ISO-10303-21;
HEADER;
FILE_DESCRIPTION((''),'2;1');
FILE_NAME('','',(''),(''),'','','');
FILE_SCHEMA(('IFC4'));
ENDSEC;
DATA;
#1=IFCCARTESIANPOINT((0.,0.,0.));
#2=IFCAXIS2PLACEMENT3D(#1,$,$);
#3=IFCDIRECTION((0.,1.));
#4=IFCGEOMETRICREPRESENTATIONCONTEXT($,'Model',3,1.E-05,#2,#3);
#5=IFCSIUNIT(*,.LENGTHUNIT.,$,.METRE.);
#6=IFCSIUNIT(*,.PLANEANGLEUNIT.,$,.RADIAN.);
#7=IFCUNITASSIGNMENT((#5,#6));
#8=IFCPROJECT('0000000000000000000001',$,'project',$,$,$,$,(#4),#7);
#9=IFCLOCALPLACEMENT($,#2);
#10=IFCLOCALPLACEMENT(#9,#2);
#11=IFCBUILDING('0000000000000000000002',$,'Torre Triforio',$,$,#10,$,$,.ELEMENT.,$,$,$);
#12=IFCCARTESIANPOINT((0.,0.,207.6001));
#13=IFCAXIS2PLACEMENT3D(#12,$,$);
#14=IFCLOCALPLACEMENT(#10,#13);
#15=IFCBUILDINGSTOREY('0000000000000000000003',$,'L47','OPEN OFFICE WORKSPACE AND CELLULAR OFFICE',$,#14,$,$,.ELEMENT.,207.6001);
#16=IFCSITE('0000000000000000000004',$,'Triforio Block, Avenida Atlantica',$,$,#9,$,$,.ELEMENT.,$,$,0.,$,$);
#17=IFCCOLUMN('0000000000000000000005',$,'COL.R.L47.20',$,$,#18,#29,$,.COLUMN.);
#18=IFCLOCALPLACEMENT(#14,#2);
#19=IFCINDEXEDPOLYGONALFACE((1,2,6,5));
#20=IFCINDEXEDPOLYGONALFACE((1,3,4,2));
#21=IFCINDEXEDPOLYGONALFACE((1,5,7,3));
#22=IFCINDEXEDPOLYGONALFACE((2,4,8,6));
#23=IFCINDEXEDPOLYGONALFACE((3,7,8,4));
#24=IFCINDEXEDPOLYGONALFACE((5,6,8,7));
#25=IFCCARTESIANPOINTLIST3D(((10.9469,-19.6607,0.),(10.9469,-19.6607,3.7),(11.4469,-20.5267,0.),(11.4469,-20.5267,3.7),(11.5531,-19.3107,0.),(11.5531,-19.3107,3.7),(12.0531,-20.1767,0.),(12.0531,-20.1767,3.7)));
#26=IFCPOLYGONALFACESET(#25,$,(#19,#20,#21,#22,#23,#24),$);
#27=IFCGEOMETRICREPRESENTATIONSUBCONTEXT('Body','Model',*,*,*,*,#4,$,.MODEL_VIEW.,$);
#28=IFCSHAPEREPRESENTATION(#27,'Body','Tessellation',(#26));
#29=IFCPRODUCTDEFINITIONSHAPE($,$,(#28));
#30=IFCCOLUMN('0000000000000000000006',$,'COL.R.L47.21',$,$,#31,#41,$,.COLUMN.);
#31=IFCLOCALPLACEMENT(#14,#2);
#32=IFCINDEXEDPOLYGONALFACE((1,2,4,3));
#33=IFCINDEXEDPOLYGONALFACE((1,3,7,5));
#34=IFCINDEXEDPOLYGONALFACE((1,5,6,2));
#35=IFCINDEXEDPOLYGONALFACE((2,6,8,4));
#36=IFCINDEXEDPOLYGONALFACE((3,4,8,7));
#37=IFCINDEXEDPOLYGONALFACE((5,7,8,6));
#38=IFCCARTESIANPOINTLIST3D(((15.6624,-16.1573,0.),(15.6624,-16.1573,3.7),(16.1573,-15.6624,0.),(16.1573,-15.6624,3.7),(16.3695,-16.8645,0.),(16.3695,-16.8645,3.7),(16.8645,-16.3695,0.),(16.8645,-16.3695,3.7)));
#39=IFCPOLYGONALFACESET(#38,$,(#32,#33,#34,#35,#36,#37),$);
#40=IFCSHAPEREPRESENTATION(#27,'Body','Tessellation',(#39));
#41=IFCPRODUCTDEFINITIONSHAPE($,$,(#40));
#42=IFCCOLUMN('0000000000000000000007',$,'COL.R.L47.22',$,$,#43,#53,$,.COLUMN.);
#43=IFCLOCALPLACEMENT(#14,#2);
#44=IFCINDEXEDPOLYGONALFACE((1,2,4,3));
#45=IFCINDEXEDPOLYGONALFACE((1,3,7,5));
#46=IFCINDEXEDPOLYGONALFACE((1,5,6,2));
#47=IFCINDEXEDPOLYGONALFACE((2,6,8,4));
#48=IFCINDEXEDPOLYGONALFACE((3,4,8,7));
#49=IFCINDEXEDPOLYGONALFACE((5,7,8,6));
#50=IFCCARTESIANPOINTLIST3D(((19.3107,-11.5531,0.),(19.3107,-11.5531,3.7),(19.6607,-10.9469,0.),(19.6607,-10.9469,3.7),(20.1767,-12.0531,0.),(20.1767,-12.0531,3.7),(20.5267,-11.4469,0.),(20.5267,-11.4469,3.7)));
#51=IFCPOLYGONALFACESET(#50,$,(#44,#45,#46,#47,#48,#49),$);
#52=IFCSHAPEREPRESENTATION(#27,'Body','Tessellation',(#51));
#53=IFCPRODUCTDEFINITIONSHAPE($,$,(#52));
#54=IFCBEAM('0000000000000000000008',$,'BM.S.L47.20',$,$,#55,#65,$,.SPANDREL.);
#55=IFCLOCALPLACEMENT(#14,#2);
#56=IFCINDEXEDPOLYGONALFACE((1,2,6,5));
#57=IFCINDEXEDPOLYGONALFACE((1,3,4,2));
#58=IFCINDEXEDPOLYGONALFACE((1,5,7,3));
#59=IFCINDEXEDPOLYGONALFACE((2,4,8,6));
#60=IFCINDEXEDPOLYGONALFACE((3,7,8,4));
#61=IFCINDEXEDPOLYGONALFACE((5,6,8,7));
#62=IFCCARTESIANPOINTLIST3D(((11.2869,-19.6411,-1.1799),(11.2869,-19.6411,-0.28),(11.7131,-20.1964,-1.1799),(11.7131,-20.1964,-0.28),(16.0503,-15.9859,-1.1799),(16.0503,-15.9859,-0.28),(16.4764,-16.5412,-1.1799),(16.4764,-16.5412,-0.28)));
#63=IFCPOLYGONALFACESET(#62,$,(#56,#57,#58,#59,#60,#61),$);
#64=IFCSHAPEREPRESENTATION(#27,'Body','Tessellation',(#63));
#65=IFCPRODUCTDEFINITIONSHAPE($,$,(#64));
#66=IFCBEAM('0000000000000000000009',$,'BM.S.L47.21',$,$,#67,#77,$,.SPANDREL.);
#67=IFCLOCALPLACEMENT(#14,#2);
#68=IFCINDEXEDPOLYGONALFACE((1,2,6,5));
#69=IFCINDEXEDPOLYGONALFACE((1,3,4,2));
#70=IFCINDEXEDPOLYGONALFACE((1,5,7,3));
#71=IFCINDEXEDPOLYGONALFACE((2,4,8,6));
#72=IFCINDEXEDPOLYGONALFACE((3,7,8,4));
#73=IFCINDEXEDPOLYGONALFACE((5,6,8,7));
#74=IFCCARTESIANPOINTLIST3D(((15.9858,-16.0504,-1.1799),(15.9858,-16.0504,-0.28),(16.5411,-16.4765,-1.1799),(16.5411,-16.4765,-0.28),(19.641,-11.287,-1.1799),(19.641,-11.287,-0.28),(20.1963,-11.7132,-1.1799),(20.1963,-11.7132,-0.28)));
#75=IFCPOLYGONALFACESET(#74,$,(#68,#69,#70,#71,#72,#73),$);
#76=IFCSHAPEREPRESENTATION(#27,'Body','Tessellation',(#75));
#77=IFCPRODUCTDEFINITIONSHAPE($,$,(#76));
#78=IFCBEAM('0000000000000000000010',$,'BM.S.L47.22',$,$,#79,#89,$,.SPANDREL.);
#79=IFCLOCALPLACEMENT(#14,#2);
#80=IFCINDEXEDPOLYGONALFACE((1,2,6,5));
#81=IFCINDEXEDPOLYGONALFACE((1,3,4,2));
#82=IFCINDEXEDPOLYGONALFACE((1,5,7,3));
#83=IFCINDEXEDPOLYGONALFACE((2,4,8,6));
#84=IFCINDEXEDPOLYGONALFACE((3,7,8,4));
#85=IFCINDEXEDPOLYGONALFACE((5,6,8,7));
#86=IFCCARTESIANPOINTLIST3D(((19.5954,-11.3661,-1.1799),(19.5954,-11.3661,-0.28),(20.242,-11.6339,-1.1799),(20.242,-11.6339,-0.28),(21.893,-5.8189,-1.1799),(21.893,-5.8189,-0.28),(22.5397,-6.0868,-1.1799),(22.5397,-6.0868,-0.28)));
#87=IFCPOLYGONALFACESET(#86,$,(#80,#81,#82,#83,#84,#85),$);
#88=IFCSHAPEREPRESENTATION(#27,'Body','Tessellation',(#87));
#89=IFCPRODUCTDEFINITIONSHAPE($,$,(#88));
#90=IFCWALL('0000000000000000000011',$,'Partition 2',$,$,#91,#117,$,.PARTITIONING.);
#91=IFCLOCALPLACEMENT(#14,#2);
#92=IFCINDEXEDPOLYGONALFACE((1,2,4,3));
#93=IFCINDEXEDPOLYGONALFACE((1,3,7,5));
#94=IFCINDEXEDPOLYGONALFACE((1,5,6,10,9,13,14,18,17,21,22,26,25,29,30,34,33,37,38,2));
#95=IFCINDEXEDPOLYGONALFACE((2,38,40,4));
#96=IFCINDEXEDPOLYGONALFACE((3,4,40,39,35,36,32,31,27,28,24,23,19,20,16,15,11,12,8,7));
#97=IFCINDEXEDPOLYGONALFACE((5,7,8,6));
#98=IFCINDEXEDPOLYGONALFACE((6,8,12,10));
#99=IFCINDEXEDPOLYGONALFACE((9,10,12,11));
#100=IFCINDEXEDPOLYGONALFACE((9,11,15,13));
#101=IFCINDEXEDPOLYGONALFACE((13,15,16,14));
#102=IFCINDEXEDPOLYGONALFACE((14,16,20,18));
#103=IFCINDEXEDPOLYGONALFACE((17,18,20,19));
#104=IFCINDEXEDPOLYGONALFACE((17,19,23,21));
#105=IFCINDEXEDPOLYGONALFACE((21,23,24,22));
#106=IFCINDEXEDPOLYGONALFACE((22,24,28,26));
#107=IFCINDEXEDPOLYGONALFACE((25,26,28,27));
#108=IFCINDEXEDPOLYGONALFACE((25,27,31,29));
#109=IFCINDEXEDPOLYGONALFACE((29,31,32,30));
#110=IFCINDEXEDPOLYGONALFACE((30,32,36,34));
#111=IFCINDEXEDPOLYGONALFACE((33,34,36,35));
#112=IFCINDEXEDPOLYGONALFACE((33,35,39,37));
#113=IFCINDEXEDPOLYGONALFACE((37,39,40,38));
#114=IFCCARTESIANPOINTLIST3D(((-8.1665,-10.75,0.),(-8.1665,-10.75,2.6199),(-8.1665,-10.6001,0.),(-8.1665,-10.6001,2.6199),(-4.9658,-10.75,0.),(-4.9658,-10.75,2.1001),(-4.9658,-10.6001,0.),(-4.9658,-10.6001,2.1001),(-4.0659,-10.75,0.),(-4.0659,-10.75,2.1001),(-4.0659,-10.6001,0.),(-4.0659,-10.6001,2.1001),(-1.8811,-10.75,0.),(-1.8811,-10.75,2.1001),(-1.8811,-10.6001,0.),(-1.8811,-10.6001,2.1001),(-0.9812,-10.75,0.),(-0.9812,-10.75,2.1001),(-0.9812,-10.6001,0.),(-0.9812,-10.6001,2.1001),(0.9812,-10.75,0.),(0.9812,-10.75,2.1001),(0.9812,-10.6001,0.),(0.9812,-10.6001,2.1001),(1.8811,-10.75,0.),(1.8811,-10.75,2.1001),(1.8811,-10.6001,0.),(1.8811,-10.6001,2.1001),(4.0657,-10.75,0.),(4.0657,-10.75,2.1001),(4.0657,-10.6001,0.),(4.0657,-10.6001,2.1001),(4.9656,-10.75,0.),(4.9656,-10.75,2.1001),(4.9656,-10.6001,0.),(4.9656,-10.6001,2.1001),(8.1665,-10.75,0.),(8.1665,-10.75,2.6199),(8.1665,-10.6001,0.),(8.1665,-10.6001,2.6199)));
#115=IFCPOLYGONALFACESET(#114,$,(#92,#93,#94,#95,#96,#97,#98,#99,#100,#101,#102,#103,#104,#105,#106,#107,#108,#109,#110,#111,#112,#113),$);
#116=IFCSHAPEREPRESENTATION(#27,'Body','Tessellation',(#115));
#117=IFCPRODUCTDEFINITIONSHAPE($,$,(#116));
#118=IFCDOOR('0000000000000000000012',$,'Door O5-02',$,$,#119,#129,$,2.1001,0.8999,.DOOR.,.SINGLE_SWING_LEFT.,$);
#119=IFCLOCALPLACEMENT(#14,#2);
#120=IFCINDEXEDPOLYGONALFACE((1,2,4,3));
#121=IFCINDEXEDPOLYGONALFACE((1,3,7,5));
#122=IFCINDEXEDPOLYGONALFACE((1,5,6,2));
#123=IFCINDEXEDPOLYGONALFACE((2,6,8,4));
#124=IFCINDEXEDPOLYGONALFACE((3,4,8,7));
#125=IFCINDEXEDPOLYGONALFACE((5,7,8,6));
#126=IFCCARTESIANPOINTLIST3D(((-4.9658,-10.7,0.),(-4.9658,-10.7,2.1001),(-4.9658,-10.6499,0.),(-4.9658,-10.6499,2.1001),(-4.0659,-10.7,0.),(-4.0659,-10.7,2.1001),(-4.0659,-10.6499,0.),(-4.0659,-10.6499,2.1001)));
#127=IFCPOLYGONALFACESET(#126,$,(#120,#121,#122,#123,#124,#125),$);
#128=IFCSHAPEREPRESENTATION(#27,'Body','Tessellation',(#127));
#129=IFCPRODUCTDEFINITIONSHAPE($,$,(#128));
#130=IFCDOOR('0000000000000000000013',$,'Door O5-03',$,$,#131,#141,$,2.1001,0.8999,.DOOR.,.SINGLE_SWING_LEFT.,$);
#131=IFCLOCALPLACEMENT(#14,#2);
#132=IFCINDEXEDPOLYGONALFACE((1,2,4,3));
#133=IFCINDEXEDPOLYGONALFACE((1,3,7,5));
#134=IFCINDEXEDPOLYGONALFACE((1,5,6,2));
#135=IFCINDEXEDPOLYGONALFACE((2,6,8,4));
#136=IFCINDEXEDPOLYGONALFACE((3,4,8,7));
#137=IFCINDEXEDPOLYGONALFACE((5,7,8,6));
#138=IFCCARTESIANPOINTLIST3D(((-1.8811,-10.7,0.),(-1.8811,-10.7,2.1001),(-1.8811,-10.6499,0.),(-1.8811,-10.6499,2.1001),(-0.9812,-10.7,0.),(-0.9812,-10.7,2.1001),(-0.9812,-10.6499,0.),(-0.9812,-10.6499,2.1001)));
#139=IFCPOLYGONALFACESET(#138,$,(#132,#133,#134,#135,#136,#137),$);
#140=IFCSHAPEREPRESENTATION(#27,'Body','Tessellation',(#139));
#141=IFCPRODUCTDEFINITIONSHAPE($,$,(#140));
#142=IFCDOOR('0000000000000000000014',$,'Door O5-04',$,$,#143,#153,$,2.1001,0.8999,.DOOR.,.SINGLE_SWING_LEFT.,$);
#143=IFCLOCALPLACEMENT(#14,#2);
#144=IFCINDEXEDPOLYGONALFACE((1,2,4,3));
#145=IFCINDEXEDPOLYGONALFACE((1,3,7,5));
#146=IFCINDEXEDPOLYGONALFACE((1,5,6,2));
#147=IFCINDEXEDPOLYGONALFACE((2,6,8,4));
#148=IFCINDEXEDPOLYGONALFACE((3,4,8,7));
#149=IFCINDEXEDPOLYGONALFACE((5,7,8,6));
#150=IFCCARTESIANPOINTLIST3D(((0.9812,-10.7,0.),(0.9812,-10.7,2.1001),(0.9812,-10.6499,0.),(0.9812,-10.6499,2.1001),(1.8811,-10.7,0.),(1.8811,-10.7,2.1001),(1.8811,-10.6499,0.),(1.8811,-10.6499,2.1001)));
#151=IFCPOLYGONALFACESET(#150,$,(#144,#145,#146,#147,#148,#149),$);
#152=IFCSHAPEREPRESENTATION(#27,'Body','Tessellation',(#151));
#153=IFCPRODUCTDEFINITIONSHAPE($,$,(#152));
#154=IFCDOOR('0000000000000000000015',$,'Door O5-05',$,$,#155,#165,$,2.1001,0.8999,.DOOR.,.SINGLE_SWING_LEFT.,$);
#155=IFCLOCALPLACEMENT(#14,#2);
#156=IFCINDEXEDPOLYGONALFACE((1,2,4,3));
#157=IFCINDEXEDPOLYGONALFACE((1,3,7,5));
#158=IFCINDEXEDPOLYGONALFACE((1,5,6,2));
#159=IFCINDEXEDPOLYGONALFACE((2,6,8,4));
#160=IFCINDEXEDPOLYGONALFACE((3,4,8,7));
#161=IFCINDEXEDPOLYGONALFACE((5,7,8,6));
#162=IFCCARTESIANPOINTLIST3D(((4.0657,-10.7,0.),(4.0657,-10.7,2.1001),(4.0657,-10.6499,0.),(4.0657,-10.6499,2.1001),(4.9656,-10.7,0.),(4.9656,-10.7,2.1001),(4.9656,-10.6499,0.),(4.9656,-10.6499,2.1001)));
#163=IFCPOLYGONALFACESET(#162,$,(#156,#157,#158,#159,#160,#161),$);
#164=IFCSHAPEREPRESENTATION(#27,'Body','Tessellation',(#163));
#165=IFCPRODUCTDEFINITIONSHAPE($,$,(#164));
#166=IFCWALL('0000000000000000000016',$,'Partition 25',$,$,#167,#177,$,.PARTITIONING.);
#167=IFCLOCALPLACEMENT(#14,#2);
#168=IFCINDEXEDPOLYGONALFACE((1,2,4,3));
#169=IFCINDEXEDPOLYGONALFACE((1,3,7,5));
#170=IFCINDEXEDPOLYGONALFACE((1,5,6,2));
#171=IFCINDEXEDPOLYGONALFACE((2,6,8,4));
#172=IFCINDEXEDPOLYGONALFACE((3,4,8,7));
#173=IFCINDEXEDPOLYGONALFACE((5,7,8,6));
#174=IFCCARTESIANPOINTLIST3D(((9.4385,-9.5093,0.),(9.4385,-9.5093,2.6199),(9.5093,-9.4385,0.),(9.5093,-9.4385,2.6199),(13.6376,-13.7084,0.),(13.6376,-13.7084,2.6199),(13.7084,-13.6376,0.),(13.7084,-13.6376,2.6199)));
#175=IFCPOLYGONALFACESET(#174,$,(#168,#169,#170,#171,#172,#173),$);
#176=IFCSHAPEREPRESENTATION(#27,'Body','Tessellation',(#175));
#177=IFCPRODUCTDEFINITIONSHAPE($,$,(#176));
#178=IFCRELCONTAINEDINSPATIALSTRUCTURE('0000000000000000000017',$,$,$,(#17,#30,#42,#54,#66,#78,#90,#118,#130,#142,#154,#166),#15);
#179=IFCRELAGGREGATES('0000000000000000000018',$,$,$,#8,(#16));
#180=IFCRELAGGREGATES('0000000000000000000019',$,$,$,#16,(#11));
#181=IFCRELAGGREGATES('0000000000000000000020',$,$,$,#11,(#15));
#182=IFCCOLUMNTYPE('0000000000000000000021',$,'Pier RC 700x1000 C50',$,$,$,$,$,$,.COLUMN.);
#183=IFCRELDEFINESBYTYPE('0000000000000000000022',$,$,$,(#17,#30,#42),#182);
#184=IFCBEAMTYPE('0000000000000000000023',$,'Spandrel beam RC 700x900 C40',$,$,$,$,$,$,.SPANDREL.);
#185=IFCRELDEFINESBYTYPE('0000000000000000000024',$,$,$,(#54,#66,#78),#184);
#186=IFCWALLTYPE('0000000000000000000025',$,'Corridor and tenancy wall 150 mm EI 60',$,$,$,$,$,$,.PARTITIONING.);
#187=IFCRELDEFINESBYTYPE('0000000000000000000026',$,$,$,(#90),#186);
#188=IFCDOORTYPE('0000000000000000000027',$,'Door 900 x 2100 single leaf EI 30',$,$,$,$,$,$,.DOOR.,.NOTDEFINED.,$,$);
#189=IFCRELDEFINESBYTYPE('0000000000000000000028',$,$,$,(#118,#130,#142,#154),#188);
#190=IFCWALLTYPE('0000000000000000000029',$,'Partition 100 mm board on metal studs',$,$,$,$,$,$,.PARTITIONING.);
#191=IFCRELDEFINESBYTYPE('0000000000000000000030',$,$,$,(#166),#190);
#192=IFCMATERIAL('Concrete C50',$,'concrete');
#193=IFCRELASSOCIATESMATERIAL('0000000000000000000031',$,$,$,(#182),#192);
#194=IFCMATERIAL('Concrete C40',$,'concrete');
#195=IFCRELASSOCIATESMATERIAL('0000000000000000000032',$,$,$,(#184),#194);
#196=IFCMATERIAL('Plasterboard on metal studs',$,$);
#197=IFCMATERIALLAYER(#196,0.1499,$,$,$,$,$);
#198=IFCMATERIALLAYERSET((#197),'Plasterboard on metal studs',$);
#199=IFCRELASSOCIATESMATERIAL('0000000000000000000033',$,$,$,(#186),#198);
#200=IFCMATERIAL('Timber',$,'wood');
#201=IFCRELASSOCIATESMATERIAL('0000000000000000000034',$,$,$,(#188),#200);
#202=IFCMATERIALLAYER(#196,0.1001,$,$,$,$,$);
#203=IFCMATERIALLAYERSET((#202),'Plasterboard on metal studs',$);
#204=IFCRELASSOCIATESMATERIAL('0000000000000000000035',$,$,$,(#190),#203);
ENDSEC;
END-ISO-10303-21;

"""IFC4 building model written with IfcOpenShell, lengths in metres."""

from ifc_helpers import new_model, si_unit, direction, frame, frame_2d, origin, origin_2d, place, context, subcontext, project, spatial, rectangle, extrude, material, layer, layer_set, material_profile, profile_set, type_object, element, fill, save


model = new_model("IFC4")

# Units and contexts
model_context = context("Model", 3, precision=1e-05, world=origin(), true_north=direction((0.0, 1.0)))
body_context = subcontext(model_context, "Body", "Model", "MODEL_VIEW")
ifc_project = project(units=[si_unit("LENGTHUNIT", "METRE"), si_unit("PLANEANGLEUNIT", "RADIAN")], contexts=[model_context])

# Site, building, storey
site_placement = place(None, origin())
site = spatial("IfcSite", under=ifc_project, at=site_placement, Name="Triforio Block, Avenida Atlantica", CompositionType="ELEMENT", RefElevation=0.0)
building_placement = place(site_placement, origin())
building = spatial("IfcBuilding", under=site, at=building_placement, Name="Torre Triforio", CompositionType="ELEMENT")
storey_placement = place(building_placement, frame((0.0, 0.0, 207.6001)))
storey = spatial("IfcBuildingStorey", under=building, at=storey_placement, Name="L47", Description="OPEN OFFICE WORKSPACE AND CELLULAR OFFICE", CompositionType="ELEMENT", Elevation=207.6001)

# Columns
ifc_material_1 = material(Name="Concrete C50", Category="concrete")
ifc_material_profile_1 = material_profile(ifc_material_1, rectangle(XDim=0.7, YDim=1.0, at=origin_2d()), Name="RC 700x1000")
ifc_profile_set_1 = profile_set([ifc_material_profile_1], Name="Concrete C50")
column_type = type_object("IfcColumnType", Name="Pier RC 700x1000 C50", PredefinedType="COLUMN", material=ifc_profile_set_1)
for number, where, z_axis, x_axis, name in (
    (1, (11.5, -19.9187, 0.0), (0.0, 0.0, 1.0), (0.866025, 0.5, 0.0), "COL.R.L47.20"),
    (2, (16.2634, -16.2634, 0.0), (0.0, 0.0, 1.0), (0.707107, 0.707107, 0.0), "COL.R.L47.21"),
    (3, (19.9187, -11.5, 0.0), (0.0, 0.0, 1.0), (0.5, 0.866025, 0.0), "COL.R.L47.22"),
):
    element("IfcColumn", number, at=place(storey_placement, frame(where, z_axis=z_axis, x_axis=x_axis)), inside=storey, type_object=column_type, Name=name, PredefinedType="COLUMN", context=body_context, shape_type="SweptSolid", body=[
        extrude(rectangle(XDim=0.7, YDim=1.0, at=origin_2d()), origin(), (0.0, 0.0, 1.0), 3.7),
    ])

# Beams
ifc_material_2 = material(Name="Concrete C40", Category="concrete")
ifc_material_profile_2 = material_profile(ifc_material_2, rectangle(XDim=0.7, YDim=0.8999, at=origin_2d()), Name="RC 700x900")
ifc_profile_set_2 = profile_set([ifc_material_profile_2], Name="Concrete C40")
beam_type = type_object("IfcBeamType", Name="Spandrel beam RC 700x900 C40", PredefinedType="SPANDREL", material=ifc_profile_set_2)
for number, where, z_axis, x_axis, name in (
    (4, (11.5, -19.9187, -0.73), (0.79334, 0.608779, 0.0), (-0.608779, 0.79334, 0.0), "BM.S.L47.20"),
    (5, (16.2634, -16.2634, -0.73), (0.608779, 0.79334, 0.0), (-0.79334, 0.608779, 0.0), "BM.S.L47.21"),
    (6, (19.9187, -11.5, -0.73), (0.382671, 0.923885, 0.0), (-0.923885, 0.382671, 0.0), "BM.S.L47.22"),
):
    element("IfcBeam", number, at=place(storey_placement, frame(where, z_axis=z_axis, x_axis=x_axis)), inside=storey, type_object=beam_type, Name=name, PredefinedType="SPANDREL", context=body_context, shape_type="SweptSolid", body=[
        extrude(rectangle(XDim=0.7, YDim=0.8999, at=origin_2d()), origin(), (0.0, 0.0, 1.0), 6.0042),
    ])

# Wall, openings, doors
ifc_material_3 = material(Name="Plasterboard on metal studs")
ifc_layer_1 = layer(ifc_material_3, 0.1499)
ifc_layer_set_1 = layer_set([ifc_layer_1], Name="Plasterboard on metal studs")
wall_type_1 = type_object("IfcWallType", Name="Corridor and tenancy wall 150 mm EI 60", PredefinedType="PARTITIONING", material=ifc_layer_set_1)
wall_1_placement = place(storey_placement, frame((8.1665, -10.675, 0.0), z_axis=(0.0, 0.0, 1.0), x_axis=(-1.0, 0.0, 0.0)))
wall_1 = element("IfcWall", 7, at=wall_1_placement, inside=storey, type_object=wall_type_1, Name="Partition 2", PredefinedType="PARTITIONING", context=body_context, shape_type="SweptSolid", body=[
    extrude(rectangle(XDim=16.333, YDim=0.1499, at=frame_2d((8.1665, 0.0))), origin(), (0.0, 0.0, 1.0), 2.6199),
])
opening_1_placement = place(wall_1_placement, frame((12.2324, 0.0, 0.0)))
opening_1 = element("IfcOpeningElement", 8, at=opening_1_placement, cuts=wall_1, PredefinedType="OPENING", context=body_context, shape_type="SweptSolid", body=[
    extrude(rectangle(XDim=0.8999, YDim=2.1001, at=frame_2d((0.45, 1.05))), frame((0.0, 0.085, 0.0), z_axis=(0.0, -1.0, 0.0), x_axis=(1.0, 0.0, 0.0)), (0.0, 0.0, 1.0), 0.1699),
])
opening_2_placement = place(wall_1_placement, frame((9.1477, 0.0, 0.0)))
opening_2 = element("IfcOpeningElement", 9, at=opening_2_placement, cuts=wall_1, PredefinedType="OPENING", context=body_context, shape_type="SweptSolid", body=[
    extrude(rectangle(XDim=0.8999, YDim=2.1001, at=frame_2d((0.45, 1.05))), frame((0.0, 0.085, 0.0), z_axis=(0.0, -1.0, 0.0), x_axis=(1.0, 0.0, 0.0)), (0.0, 0.0, 1.0), 0.1699),
])
opening_3_placement = place(wall_1_placement, frame((6.2854, 0.0, 0.0)))
opening_3 = element("IfcOpeningElement", 10, at=opening_3_placement, cuts=wall_1, PredefinedType="OPENING", context=body_context, shape_type="SweptSolid", body=[
    extrude(rectangle(XDim=0.8999, YDim=2.1001, at=frame_2d((0.45, 1.05))), frame((0.0, 0.085, 0.0), z_axis=(0.0, -1.0, 0.0), x_axis=(1.0, 0.0, 0.0)), (0.0, 0.0, 1.0), 0.1699),
])
opening_4_placement = place(wall_1_placement, frame((3.2009, 0.0, 0.0)))
opening_4 = element("IfcOpeningElement", 11, at=opening_4_placement, cuts=wall_1, PredefinedType="OPENING", context=body_context, shape_type="SweptSolid", body=[
    extrude(rectangle(XDim=0.8999, YDim=2.1001, at=frame_2d((0.45, 1.05))), frame((0.0, 0.085, 0.0), z_axis=(0.0, -1.0, 0.0), x_axis=(1.0, 0.0, 0.0)), (0.0, 0.0, 1.0), 0.1699),
])
ifc_material_4 = material(Name="Timber", Category="wood")
door_type_1 = type_object("IfcDoorType", Name="Door 900 x 2100 single leaf EI 30", OperationType="NOTDEFINED", PredefinedType="DOOR", material=ifc_material_4)
door_1_placement = place(opening_1_placement, origin())
door_1 = element("IfcDoor", 12, at=door_1_placement, inside=storey, type_object=door_type_1, Name="Door O5-02", OperationType="SINGLE_SWING_LEFT", OverallHeight=2.1001, OverallWidth=0.8999, PredefinedType="DOOR", context=body_context, shape_type="SweptSolid", body=[
    extrude(rectangle(XDim=0.8999, YDim=2.1001, at=frame_2d((0.45, 1.05))), frame((0.0, 0.0249, 0.0), z_axis=(0.0, -1.0, 0.0), x_axis=(1.0, 0.0, 0.0)), (0.0, 0.0, 1.0), 0.05),
])
fill(opening_1, door_1)
door_2_placement = place(opening_2_placement, origin())
door_2 = element("IfcDoor", 13, at=door_2_placement, inside=storey, type_object=door_type_1, Name="Door O5-03", OperationType="SINGLE_SWING_LEFT", OverallHeight=2.1001, OverallWidth=0.8999, PredefinedType="DOOR", context=body_context, shape_type="SweptSolid", body=[
    extrude(rectangle(XDim=0.8999, YDim=2.1001, at=frame_2d((0.45, 1.05))), frame((0.0, 0.0249, 0.0), z_axis=(0.0, -1.0, 0.0), x_axis=(1.0, 0.0, 0.0)), (0.0, 0.0, 1.0), 0.05),
])
fill(opening_2, door_2)
door_3_placement = place(opening_3_placement, origin())
door_3 = element("IfcDoor", 14, at=door_3_placement, inside=storey, type_object=door_type_1, Name="Door O5-04", OperationType="SINGLE_SWING_LEFT", OverallHeight=2.1001, OverallWidth=0.8999, PredefinedType="DOOR", context=body_context, shape_type="SweptSolid", body=[
    extrude(rectangle(XDim=0.8999, YDim=2.1001, at=frame_2d((0.45, 1.05))), frame((0.0, 0.0249, 0.0), z_axis=(0.0, -1.0, 0.0), x_axis=(1.0, 0.0, 0.0)), (0.0, 0.0, 1.0), 0.05),
])
fill(opening_3, door_3)
door_4_placement = place(opening_4_placement, origin())
door_4 = element("IfcDoor", 15, at=door_4_placement, inside=storey, type_object=door_type_1, Name="Door O5-05", OperationType="SINGLE_SWING_LEFT", OverallHeight=2.1001, OverallWidth=0.8999, PredefinedType="DOOR", context=body_context, shape_type="SweptSolid", body=[
    extrude(rectangle(XDim=0.8999, YDim=2.1001, at=frame_2d((0.45, 1.05))), frame((0.0, 0.0249, 0.0), z_axis=(0.0, -1.0, 0.0), x_axis=(1.0, 0.0, 0.0)), (0.0, 0.0, 1.0), 0.05),
])
fill(opening_4, door_4)

# Wall
ifc_layer_2 = layer(ifc_material_3, 0.1001)
ifc_layer_set_2 = layer_set([ifc_layer_2], Name="Plasterboard on metal studs")
wall_type_2 = type_object("IfcWallType", Name="Partition 100 mm board on metal studs", PredefinedType="PARTITIONING", material=ifc_layer_set_2)
wall_2_placement = place(storey_placement, frame((9.4739, -9.4739, 0.0), z_axis=(0.0, 0.0, 1.0), x_axis=(0.707107, -0.707107, 0.0)))
element("IfcWall", 16, at=wall_2_placement, inside=storey, type_object=wall_type_2, Name="Partition 25", PredefinedType="PARTITIONING", context=body_context, shape_type="SweptSolid", body=[
    extrude(rectangle(XDim=5.9385, YDim=0.1001, at=frame_2d((2.9692, 0.0))), origin(), (0.0, 0.0, 1.0), 2.6199),
])

save(model, "model.ifc")
